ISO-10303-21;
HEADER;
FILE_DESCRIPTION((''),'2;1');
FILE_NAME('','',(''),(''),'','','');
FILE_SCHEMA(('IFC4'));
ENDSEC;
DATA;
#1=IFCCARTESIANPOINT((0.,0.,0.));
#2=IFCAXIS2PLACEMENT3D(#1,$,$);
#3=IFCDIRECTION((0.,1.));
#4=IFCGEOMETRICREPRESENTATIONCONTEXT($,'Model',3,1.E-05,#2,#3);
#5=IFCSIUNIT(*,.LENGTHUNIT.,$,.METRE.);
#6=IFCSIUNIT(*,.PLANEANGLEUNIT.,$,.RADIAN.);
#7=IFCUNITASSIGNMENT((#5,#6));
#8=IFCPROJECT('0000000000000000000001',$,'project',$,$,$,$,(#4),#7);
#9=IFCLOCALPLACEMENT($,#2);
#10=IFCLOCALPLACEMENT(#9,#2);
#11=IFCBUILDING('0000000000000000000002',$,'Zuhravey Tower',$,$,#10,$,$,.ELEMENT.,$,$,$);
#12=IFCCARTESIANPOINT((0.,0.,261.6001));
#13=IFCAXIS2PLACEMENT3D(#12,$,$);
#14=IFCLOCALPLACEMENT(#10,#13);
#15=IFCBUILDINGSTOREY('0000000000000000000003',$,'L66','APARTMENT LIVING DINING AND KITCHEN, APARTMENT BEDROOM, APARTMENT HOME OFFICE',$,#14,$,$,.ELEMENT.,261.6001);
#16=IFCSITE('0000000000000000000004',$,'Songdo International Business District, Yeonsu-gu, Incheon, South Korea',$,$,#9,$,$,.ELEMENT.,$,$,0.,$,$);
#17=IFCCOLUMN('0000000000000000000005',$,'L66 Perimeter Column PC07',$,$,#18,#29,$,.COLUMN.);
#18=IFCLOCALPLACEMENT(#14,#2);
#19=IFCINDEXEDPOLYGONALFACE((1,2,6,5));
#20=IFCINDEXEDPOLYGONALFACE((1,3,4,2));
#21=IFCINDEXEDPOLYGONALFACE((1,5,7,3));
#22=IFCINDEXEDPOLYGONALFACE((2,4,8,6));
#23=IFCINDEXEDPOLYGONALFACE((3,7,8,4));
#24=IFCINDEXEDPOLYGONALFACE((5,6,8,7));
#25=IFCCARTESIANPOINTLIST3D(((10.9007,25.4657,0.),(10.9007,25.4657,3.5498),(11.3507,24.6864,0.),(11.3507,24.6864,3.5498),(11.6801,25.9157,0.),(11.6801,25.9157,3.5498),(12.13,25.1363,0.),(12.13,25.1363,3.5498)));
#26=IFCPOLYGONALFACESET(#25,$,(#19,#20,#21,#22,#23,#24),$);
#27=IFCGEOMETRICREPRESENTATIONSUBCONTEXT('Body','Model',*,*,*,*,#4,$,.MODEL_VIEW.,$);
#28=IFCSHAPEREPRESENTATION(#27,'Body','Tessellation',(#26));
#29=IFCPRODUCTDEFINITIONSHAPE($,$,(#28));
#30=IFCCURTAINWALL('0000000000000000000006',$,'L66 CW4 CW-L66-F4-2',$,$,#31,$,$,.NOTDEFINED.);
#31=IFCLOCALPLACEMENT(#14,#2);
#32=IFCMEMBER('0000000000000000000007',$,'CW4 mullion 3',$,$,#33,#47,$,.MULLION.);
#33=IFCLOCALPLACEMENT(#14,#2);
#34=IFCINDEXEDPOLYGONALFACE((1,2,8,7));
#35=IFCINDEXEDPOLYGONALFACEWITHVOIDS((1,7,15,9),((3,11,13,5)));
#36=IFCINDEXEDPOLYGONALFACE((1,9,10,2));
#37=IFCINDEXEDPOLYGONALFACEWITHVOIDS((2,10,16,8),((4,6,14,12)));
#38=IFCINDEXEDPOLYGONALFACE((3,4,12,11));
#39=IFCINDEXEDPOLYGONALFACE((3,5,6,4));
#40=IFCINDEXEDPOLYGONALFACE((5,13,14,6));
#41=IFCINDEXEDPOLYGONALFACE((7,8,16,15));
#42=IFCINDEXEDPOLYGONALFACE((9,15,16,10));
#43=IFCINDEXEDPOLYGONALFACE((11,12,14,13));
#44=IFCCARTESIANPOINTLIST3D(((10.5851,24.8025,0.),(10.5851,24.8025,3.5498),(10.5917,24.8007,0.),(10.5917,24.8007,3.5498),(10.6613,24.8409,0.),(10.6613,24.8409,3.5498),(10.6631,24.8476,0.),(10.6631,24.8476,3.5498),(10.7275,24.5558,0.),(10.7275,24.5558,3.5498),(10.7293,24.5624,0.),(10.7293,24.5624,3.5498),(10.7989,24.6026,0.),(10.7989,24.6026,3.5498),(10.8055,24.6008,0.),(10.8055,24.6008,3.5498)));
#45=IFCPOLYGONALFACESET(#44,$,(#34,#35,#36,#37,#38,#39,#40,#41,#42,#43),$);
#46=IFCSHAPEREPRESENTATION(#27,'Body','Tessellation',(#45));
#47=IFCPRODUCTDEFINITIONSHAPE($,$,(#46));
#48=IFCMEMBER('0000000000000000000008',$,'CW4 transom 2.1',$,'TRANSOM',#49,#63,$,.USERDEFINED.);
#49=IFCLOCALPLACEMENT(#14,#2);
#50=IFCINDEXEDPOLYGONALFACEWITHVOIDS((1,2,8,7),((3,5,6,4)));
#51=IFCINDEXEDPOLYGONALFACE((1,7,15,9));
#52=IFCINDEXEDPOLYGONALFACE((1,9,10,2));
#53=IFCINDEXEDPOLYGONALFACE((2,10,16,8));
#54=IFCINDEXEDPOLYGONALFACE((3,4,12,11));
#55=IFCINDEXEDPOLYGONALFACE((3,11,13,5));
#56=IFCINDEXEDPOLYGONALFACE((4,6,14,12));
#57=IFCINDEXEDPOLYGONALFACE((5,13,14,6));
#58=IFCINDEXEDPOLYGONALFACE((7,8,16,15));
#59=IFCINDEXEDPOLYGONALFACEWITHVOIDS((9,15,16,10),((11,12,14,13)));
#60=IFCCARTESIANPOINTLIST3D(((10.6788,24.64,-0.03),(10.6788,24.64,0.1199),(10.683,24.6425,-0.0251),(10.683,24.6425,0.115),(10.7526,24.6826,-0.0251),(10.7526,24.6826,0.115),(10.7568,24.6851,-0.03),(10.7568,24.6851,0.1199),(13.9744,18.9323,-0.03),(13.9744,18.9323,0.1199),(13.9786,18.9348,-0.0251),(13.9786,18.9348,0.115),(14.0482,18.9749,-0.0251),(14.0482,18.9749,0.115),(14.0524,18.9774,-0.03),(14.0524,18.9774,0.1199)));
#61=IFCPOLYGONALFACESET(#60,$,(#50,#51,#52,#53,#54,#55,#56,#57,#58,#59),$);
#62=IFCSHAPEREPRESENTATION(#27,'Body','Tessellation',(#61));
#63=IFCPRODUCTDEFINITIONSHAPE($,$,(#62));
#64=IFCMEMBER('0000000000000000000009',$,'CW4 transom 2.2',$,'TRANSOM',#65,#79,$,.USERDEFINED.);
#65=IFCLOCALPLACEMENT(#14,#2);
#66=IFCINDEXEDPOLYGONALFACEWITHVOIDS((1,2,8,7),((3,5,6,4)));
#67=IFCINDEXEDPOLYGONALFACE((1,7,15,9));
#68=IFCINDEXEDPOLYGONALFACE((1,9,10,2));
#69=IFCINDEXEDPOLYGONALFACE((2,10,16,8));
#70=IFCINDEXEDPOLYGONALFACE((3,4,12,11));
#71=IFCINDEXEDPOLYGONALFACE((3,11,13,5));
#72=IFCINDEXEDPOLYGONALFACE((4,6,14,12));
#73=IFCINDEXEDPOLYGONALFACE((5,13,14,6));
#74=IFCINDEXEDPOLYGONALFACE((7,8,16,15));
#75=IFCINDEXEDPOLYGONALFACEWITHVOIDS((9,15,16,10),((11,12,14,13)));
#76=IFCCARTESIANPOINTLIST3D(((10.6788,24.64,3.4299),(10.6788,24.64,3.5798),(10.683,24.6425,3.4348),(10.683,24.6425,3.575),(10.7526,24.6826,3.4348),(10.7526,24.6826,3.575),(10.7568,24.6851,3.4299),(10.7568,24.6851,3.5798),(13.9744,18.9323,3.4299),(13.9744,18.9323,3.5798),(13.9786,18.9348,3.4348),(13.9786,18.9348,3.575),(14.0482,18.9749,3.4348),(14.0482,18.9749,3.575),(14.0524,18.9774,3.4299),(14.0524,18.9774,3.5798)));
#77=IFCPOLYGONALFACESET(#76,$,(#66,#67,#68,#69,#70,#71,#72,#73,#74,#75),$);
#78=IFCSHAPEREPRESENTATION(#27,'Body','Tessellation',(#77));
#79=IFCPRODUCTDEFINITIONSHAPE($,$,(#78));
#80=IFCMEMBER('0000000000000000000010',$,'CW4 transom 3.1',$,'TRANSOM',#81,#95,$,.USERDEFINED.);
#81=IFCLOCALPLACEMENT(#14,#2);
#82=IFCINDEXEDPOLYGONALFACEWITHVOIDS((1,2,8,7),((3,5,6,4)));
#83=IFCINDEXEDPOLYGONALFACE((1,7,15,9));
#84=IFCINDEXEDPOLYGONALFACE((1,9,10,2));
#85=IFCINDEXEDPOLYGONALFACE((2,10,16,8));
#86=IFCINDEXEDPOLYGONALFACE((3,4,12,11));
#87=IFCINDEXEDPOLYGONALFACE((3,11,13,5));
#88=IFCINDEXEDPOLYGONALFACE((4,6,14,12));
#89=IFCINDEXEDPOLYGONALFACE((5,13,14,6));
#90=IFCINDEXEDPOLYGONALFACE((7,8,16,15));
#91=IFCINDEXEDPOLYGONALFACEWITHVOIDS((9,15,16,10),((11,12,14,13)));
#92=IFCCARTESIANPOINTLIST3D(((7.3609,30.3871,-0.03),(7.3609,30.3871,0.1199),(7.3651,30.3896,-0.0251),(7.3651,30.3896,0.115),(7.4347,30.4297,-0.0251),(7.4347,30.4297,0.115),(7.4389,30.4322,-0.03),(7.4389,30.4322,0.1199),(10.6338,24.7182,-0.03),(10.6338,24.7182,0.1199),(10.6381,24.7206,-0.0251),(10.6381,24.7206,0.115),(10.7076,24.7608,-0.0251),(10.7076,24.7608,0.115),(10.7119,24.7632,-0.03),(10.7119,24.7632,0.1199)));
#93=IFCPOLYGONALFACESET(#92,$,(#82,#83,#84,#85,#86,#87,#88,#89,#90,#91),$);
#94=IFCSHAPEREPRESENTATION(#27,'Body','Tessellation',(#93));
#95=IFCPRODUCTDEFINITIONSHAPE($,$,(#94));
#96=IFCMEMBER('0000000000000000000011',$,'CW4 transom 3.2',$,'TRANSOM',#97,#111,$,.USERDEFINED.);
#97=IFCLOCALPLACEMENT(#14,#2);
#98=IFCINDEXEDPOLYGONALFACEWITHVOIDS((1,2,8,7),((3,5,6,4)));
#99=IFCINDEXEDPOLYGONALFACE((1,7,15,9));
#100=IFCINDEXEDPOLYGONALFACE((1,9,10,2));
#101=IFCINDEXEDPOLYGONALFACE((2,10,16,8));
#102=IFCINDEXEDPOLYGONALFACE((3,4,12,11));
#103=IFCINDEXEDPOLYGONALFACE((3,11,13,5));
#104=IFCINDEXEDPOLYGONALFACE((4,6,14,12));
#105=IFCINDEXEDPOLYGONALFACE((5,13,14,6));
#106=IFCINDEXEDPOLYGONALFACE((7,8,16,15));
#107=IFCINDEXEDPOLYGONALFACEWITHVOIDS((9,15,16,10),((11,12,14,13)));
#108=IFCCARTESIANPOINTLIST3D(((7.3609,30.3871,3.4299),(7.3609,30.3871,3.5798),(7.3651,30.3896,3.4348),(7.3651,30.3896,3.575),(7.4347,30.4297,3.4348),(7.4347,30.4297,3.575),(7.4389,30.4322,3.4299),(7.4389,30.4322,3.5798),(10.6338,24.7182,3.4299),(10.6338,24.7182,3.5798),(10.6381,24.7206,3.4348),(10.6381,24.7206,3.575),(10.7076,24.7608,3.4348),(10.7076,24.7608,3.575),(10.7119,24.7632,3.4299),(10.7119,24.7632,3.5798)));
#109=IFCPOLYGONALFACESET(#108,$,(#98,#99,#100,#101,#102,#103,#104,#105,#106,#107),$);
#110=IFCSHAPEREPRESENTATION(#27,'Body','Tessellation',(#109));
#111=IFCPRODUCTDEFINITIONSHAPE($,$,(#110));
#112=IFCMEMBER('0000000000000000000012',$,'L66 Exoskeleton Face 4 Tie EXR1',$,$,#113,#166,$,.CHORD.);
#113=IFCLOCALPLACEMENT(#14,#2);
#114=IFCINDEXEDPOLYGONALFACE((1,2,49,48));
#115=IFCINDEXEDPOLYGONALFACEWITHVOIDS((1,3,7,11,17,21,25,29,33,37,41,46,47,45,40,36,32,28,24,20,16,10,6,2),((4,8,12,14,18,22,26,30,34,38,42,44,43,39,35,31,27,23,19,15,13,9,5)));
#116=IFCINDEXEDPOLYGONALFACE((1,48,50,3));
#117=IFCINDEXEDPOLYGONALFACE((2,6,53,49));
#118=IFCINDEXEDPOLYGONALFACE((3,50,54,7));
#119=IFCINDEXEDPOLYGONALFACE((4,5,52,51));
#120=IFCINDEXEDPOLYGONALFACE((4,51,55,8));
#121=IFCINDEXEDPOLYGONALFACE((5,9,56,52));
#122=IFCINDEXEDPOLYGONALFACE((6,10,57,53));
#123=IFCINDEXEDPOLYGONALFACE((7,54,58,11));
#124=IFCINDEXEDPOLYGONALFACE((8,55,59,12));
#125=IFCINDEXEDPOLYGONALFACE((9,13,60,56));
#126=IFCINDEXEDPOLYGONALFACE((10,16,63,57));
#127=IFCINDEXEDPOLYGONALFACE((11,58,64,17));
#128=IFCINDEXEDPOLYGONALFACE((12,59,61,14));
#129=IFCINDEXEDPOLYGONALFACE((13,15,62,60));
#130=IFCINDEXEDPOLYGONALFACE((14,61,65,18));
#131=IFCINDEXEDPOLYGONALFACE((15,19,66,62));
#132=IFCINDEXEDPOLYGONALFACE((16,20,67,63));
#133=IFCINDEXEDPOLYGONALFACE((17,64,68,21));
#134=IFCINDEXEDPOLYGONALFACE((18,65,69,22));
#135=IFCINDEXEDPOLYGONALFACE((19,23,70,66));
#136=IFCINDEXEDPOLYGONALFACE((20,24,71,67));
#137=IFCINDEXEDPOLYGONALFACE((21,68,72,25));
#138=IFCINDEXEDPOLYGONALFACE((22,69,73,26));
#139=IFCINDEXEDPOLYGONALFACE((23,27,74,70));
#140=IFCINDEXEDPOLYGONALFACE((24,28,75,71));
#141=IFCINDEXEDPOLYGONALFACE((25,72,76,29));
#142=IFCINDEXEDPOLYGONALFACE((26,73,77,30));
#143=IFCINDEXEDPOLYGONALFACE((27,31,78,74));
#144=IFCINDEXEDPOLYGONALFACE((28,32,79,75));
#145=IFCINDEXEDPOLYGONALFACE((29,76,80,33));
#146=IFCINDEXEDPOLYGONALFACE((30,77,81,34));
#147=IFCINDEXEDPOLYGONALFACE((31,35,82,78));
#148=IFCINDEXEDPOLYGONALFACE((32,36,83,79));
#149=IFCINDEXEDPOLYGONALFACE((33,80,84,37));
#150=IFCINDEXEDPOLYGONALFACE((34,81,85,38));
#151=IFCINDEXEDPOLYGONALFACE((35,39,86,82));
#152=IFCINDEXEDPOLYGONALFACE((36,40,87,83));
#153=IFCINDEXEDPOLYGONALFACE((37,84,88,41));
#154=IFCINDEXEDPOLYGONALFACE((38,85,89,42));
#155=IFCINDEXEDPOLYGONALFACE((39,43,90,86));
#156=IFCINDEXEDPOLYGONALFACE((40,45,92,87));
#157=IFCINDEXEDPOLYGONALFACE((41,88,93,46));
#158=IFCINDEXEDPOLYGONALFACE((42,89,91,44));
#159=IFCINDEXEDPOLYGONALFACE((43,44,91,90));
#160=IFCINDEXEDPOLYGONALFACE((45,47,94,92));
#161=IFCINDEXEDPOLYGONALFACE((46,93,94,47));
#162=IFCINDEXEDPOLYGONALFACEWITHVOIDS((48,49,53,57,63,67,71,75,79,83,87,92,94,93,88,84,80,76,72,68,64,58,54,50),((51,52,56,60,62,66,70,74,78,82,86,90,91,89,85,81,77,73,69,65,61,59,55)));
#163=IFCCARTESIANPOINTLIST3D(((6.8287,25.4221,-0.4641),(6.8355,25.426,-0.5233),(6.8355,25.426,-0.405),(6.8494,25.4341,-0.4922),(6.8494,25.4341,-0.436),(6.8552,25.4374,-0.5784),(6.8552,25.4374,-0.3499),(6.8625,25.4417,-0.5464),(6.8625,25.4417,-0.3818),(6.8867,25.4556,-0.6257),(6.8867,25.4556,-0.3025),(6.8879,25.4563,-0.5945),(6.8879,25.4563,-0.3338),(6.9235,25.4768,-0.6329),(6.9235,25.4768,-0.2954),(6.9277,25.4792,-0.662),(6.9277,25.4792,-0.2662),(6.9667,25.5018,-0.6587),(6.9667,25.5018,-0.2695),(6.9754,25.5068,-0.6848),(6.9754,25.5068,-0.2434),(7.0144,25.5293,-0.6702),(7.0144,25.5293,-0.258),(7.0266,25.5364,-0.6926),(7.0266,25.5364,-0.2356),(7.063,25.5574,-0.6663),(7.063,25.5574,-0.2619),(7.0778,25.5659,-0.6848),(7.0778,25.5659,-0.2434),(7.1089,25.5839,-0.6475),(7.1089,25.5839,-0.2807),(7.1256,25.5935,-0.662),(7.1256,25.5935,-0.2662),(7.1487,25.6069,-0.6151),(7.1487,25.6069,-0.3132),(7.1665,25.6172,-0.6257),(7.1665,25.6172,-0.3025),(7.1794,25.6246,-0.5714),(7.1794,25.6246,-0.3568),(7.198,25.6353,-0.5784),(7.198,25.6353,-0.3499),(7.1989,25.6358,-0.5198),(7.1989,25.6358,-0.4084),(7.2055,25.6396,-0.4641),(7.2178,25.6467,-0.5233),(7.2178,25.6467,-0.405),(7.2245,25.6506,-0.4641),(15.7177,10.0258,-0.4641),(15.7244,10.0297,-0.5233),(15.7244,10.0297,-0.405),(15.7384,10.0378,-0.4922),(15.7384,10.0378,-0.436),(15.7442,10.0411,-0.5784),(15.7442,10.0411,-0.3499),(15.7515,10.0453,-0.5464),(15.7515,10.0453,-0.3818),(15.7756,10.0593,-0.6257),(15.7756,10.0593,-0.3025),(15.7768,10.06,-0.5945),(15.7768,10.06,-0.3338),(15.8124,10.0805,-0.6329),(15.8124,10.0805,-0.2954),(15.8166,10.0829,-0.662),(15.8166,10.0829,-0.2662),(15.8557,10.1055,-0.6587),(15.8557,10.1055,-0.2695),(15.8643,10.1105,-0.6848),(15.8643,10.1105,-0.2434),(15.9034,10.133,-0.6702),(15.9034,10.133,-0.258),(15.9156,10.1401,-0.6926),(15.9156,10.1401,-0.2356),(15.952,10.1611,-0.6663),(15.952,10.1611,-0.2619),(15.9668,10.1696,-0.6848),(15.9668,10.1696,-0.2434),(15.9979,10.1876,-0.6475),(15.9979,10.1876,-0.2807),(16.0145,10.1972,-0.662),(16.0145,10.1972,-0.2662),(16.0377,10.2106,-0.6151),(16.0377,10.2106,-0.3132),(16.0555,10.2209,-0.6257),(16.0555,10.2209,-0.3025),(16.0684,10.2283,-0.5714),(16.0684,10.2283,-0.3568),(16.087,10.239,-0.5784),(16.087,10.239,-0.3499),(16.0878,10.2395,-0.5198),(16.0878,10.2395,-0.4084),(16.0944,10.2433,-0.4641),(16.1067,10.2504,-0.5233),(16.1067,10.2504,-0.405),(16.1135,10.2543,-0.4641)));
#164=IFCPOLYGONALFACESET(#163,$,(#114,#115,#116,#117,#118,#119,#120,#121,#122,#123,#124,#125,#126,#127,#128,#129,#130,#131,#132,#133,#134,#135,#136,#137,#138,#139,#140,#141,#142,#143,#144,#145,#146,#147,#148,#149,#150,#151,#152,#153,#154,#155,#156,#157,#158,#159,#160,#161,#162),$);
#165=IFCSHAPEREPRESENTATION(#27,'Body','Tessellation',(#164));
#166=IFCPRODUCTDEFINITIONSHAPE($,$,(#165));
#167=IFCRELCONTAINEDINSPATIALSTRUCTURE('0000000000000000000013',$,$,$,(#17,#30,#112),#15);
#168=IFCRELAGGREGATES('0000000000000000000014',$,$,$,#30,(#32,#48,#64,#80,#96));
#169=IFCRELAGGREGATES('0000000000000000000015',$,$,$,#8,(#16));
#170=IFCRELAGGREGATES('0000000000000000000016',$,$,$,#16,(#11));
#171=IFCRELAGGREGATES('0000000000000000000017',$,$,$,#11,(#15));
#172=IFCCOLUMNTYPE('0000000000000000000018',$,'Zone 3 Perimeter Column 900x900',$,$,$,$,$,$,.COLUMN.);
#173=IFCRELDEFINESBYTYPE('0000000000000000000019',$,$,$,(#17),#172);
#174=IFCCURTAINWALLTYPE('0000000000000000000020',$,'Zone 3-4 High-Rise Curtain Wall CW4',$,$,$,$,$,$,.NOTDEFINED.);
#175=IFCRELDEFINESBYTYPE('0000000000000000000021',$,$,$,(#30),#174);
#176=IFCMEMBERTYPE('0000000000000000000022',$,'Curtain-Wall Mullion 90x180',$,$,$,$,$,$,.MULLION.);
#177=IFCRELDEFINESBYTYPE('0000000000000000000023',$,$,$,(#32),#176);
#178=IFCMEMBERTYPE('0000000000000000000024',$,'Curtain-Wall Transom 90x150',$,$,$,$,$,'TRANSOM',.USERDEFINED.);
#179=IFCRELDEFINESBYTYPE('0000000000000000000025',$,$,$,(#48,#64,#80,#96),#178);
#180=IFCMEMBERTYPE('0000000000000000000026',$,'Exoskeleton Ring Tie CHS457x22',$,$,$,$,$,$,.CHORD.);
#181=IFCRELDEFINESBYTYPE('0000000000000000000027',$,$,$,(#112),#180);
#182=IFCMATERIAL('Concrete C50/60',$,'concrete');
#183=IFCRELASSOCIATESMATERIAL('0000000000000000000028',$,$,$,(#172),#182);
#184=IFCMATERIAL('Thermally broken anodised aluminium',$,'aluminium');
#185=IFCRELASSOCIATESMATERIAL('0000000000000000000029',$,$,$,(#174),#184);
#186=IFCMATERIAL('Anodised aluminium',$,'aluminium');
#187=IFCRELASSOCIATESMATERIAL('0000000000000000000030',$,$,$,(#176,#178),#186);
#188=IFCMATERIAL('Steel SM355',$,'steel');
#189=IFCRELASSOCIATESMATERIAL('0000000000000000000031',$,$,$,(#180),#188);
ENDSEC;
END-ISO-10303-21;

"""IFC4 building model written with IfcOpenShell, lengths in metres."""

from ifc_helpers import new_model, si_unit, direction, frame, origin, origin_2d, place, context, subcontext, project, spatial, rectangle, hollow_rectangle, hollow_circle, extrude, material, material_profile, profile_set, type_object, element, aggregate, save


model = new_model("IFC4")

# Units and contexts
model_context = context("Model", 3, precision=1e-05, world=origin(), true_north=direction((0.0, 1.0)))
body_context = subcontext(model_context, "Body", "Model", "MODEL_VIEW")
ifc_project = project(units=[si_unit("LENGTHUNIT", "METRE"), si_unit("PLANEANGLEUNIT", "RADIAN")], contexts=[model_context])

# Site, building, storey
site_placement = place(None, origin())
site = spatial("IfcSite", under=ifc_project, at=site_placement, Name="Songdo International Business District, Yeonsu-gu, Incheon, South Korea", CompositionType="ELEMENT", RefElevation=0.0)
building_placement = place(site_placement, origin())
building = spatial("IfcBuilding", under=site, at=building_placement, Name="Zuhravey Tower", CompositionType="ELEMENT")
storey_placement = place(building_placement, frame((0.0, 0.0, 261.6001)))
storey = spatial("IfcBuildingStorey", under=building, at=storey_placement, Name="L66", Description="APARTMENT LIVING DINING AND KITCHEN, APARTMENT BEDROOM, APARTMENT HOME OFFICE", CompositionType="ELEMENT", Elevation=261.6001)

# Column
ifc_material_1 = material(Name="Concrete C50/60", Category="concrete")
ifc_material_profile_1 = material_profile(ifc_material_1, rectangle(XDim=0.8999, YDim=0.8999, at=origin_2d()), Name="RC-900x900")
ifc_profile_set_1 = profile_set([ifc_material_profile_1], Name="Concrete C50/60")
column_type = type_object("IfcColumnType", Name="Zone 3 Perimeter Column 900x900", PredefinedType="COLUMN", material=ifc_profile_set_1)
column_placement = place(storey_placement, frame((11.5154, 25.301, 0.0), z_axis=(0.0, 0.0, 1.0), x_axis=(0.5, -0.866025, 0.0)))
element("IfcColumn", 1, at=column_placement, inside=storey, type_object=column_type, Name="L66 Perimeter Column PC07", PredefinedType="COLUMN", context=body_context, shape_type="SweptSolid", body=[
    extrude(rectangle(XDim=0.8999, YDim=0.8999, at=origin_2d()), origin(), (0.0, 0.0, 1.0), 3.5498),
])

# Curtain wall, members
ifc_material_2 = material(Name="Thermally broken anodised aluminium", Category="aluminium")
curtain_wall_type = type_object("IfcCurtainWallType", Name="Zone 3-4 High-Rise Curtain Wall CW4", PredefinedType="NOTDEFINED", material=ifc_material_2)
curtain_wall_placement = place(storey_placement, origin())
curtain_wall = element("IfcCurtainWall", 2, at=curtain_wall_placement, inside=storey, type_object=curtain_wall_type, Name="L66 CW4 CW-L66-F4-2", PredefinedType="NOTDEFINED")
ifc_material_3 = material(Name="Anodised aluminium", Category="aluminium")
ifc_material_profile_2 = material_profile(ifc_material_3, hollow_rectangle(XDim=0.0901, YDim=0.2849, WallThickness=0.0049, at=origin_2d()), Name="ALU-RHS-90x285x5")
ifc_profile_set_2 = profile_set([ifc_material_profile_2], Name="Anodised aluminium")
member_type_1 = type_object("IfcMemberType", Name="Curtain-Wall Mullion 90x180", PredefinedType="MULLION", material=ifc_profile_set_2)
member_1_placement = place(storey_placement, frame((10.6953, 24.7017, 0.0), z_axis=(0.0, 0.0, 1.0), x_axis=(-0.866026, -0.499999, 0.0)))
member_1 = element("IfcMember", 3, at=member_1_placement, type_object=member_type_1, Name="CW4 mullion 3", PredefinedType="MULLION", context=body_context, shape_type="SweptSolid", body=[
    extrude(hollow_rectangle(XDim=0.0901, YDim=0.2849, WallThickness=0.0049, at=origin_2d()), origin(), (0.0, 0.0, 1.0), 3.5498),
])
ifc_material_profile_3 = material_profile(ifc_material_3, hollow_rectangle(XDim=0.0901, YDim=0.1499, WallThickness=0.0049, at=origin_2d()), Name="ALU-RHS-90x150x5")
ifc_profile_set_3 = profile_set([ifc_material_profile_3], Name="Anodised aluminium")
member_type_2 = type_object("IfcMemberType", Name="Curtain-Wall Transom 90x150", ElementType="TRANSOM", PredefinedType="USERDEFINED", material=ifc_profile_set_3)
member_2_placement = place(storey_placement, frame((14.0134, 18.9548, 0.0449), z_axis=(-0.500031, 0.866007, 0.0), x_axis=(-0.866007, -0.500031, 0.0)))
member_2 = element("IfcMember", 4, at=member_2_placement, type_object=member_type_2, Name="CW4 transom 2.1", ObjectType="TRANSOM", PredefinedType="USERDEFINED", context=body_context, shape_type="SweptSolid", body=[
    extrude(hollow_rectangle(XDim=0.0901, YDim=0.1499, WallThickness=0.0049, at=origin_2d()), origin(), (0.0, 0.0, 1.0), 6.5908),
])
member_3_placement = place(storey_placement, frame((14.0134, 18.9548, 3.5049), z_axis=(-0.500031, 0.866007, 0.0), x_axis=(-0.866007, -0.500031, 0.0)))
member_3 = element("IfcMember", 5, at=member_3_placement, type_object=member_type_2, Name="CW4 transom 2.2", ObjectType="TRANSOM", PredefinedType="USERDEFINED", context=body_context, shape_type="SweptSolid", body=[
    extrude(hollow_rectangle(XDim=0.0901, YDim=0.1499, WallThickness=0.0049, at=origin_2d()), origin(), (0.0, 0.0, 1.0), 6.5908),
])
member_4_placement = place(storey_placement, frame((10.6729, 24.7407, 0.0449), z_axis=(-0.499998, 0.866027, 0.0), x_axis=(-0.866027, -0.499998, 0.0)))
member_4 = element("IfcMember", 6, at=member_4_placement, type_object=member_type_2, Name="CW4 transom 3.1", ObjectType="TRANSOM", PredefinedType="USERDEFINED", context=body_context, shape_type="SweptSolid", body=[
    extrude(hollow_rectangle(XDim=0.0901, YDim=0.1499, WallThickness=0.0049, at=origin_2d()), origin(), (0.0, 0.0, 1.0), 6.5459),
])
member_5_placement = place(storey_placement, frame((10.6729, 24.7407, 3.5049), z_axis=(-0.499998, 0.866027, 0.0), x_axis=(-0.866027, -0.499998, 0.0)))
member_5 = element("IfcMember", 7, at=member_5_placement, type_object=member_type_2, Name="CW4 transom 3.2", ObjectType="TRANSOM", PredefinedType="USERDEFINED", context=body_context, shape_type="SweptSolid", body=[
    extrude(hollow_rectangle(XDim=0.0901, YDim=0.1499, WallThickness=0.0049, at=origin_2d()), origin(), (0.0, 0.0, 1.0), 6.5459),
])

# Member
ifc_material_4 = material(Name="Steel SM355", Category="steel")
ifc_material_profile_4 = material_profile(ifc_material_4, hollow_circle(Radius=0.2285, WallThickness=0.022, at=origin_2d()), Name="CHS-457.2x22")
ifc_profile_set_4 = profile_set([ifc_material_profile_4], Name="Steel SM355")
member_type_3 = type_object("IfcMemberType", Name="Exoskeleton Ring Tie CHS457x22", PredefinedType="CHORD", material=ifc_profile_set_4)
member_6_placement = place(storey_placement, frame((7.0266, 25.5364, -0.4641), z_axis=(0.499995, -0.866028, 0.0), x_axis=(0.866028, 0.499995, 0.0)))
element("IfcMember", 8, at=member_6_placement, inside=storey, type_object=member_type_3, Name="L66 Exoskeleton Face 4 Tie EXR1", PredefinedType="CHORD", context=body_context, shape_type="SweptSolid", body=[
    extrude(hollow_circle(Radius=0.2285, WallThickness=0.022, at=origin_2d()), origin(), (0.0, 0.0, 1.0), 17.7781),
])

aggregate(curtain_wall, [member_1, member_2, member_3, member_4, member_5])

save(model, "model.ifc")
